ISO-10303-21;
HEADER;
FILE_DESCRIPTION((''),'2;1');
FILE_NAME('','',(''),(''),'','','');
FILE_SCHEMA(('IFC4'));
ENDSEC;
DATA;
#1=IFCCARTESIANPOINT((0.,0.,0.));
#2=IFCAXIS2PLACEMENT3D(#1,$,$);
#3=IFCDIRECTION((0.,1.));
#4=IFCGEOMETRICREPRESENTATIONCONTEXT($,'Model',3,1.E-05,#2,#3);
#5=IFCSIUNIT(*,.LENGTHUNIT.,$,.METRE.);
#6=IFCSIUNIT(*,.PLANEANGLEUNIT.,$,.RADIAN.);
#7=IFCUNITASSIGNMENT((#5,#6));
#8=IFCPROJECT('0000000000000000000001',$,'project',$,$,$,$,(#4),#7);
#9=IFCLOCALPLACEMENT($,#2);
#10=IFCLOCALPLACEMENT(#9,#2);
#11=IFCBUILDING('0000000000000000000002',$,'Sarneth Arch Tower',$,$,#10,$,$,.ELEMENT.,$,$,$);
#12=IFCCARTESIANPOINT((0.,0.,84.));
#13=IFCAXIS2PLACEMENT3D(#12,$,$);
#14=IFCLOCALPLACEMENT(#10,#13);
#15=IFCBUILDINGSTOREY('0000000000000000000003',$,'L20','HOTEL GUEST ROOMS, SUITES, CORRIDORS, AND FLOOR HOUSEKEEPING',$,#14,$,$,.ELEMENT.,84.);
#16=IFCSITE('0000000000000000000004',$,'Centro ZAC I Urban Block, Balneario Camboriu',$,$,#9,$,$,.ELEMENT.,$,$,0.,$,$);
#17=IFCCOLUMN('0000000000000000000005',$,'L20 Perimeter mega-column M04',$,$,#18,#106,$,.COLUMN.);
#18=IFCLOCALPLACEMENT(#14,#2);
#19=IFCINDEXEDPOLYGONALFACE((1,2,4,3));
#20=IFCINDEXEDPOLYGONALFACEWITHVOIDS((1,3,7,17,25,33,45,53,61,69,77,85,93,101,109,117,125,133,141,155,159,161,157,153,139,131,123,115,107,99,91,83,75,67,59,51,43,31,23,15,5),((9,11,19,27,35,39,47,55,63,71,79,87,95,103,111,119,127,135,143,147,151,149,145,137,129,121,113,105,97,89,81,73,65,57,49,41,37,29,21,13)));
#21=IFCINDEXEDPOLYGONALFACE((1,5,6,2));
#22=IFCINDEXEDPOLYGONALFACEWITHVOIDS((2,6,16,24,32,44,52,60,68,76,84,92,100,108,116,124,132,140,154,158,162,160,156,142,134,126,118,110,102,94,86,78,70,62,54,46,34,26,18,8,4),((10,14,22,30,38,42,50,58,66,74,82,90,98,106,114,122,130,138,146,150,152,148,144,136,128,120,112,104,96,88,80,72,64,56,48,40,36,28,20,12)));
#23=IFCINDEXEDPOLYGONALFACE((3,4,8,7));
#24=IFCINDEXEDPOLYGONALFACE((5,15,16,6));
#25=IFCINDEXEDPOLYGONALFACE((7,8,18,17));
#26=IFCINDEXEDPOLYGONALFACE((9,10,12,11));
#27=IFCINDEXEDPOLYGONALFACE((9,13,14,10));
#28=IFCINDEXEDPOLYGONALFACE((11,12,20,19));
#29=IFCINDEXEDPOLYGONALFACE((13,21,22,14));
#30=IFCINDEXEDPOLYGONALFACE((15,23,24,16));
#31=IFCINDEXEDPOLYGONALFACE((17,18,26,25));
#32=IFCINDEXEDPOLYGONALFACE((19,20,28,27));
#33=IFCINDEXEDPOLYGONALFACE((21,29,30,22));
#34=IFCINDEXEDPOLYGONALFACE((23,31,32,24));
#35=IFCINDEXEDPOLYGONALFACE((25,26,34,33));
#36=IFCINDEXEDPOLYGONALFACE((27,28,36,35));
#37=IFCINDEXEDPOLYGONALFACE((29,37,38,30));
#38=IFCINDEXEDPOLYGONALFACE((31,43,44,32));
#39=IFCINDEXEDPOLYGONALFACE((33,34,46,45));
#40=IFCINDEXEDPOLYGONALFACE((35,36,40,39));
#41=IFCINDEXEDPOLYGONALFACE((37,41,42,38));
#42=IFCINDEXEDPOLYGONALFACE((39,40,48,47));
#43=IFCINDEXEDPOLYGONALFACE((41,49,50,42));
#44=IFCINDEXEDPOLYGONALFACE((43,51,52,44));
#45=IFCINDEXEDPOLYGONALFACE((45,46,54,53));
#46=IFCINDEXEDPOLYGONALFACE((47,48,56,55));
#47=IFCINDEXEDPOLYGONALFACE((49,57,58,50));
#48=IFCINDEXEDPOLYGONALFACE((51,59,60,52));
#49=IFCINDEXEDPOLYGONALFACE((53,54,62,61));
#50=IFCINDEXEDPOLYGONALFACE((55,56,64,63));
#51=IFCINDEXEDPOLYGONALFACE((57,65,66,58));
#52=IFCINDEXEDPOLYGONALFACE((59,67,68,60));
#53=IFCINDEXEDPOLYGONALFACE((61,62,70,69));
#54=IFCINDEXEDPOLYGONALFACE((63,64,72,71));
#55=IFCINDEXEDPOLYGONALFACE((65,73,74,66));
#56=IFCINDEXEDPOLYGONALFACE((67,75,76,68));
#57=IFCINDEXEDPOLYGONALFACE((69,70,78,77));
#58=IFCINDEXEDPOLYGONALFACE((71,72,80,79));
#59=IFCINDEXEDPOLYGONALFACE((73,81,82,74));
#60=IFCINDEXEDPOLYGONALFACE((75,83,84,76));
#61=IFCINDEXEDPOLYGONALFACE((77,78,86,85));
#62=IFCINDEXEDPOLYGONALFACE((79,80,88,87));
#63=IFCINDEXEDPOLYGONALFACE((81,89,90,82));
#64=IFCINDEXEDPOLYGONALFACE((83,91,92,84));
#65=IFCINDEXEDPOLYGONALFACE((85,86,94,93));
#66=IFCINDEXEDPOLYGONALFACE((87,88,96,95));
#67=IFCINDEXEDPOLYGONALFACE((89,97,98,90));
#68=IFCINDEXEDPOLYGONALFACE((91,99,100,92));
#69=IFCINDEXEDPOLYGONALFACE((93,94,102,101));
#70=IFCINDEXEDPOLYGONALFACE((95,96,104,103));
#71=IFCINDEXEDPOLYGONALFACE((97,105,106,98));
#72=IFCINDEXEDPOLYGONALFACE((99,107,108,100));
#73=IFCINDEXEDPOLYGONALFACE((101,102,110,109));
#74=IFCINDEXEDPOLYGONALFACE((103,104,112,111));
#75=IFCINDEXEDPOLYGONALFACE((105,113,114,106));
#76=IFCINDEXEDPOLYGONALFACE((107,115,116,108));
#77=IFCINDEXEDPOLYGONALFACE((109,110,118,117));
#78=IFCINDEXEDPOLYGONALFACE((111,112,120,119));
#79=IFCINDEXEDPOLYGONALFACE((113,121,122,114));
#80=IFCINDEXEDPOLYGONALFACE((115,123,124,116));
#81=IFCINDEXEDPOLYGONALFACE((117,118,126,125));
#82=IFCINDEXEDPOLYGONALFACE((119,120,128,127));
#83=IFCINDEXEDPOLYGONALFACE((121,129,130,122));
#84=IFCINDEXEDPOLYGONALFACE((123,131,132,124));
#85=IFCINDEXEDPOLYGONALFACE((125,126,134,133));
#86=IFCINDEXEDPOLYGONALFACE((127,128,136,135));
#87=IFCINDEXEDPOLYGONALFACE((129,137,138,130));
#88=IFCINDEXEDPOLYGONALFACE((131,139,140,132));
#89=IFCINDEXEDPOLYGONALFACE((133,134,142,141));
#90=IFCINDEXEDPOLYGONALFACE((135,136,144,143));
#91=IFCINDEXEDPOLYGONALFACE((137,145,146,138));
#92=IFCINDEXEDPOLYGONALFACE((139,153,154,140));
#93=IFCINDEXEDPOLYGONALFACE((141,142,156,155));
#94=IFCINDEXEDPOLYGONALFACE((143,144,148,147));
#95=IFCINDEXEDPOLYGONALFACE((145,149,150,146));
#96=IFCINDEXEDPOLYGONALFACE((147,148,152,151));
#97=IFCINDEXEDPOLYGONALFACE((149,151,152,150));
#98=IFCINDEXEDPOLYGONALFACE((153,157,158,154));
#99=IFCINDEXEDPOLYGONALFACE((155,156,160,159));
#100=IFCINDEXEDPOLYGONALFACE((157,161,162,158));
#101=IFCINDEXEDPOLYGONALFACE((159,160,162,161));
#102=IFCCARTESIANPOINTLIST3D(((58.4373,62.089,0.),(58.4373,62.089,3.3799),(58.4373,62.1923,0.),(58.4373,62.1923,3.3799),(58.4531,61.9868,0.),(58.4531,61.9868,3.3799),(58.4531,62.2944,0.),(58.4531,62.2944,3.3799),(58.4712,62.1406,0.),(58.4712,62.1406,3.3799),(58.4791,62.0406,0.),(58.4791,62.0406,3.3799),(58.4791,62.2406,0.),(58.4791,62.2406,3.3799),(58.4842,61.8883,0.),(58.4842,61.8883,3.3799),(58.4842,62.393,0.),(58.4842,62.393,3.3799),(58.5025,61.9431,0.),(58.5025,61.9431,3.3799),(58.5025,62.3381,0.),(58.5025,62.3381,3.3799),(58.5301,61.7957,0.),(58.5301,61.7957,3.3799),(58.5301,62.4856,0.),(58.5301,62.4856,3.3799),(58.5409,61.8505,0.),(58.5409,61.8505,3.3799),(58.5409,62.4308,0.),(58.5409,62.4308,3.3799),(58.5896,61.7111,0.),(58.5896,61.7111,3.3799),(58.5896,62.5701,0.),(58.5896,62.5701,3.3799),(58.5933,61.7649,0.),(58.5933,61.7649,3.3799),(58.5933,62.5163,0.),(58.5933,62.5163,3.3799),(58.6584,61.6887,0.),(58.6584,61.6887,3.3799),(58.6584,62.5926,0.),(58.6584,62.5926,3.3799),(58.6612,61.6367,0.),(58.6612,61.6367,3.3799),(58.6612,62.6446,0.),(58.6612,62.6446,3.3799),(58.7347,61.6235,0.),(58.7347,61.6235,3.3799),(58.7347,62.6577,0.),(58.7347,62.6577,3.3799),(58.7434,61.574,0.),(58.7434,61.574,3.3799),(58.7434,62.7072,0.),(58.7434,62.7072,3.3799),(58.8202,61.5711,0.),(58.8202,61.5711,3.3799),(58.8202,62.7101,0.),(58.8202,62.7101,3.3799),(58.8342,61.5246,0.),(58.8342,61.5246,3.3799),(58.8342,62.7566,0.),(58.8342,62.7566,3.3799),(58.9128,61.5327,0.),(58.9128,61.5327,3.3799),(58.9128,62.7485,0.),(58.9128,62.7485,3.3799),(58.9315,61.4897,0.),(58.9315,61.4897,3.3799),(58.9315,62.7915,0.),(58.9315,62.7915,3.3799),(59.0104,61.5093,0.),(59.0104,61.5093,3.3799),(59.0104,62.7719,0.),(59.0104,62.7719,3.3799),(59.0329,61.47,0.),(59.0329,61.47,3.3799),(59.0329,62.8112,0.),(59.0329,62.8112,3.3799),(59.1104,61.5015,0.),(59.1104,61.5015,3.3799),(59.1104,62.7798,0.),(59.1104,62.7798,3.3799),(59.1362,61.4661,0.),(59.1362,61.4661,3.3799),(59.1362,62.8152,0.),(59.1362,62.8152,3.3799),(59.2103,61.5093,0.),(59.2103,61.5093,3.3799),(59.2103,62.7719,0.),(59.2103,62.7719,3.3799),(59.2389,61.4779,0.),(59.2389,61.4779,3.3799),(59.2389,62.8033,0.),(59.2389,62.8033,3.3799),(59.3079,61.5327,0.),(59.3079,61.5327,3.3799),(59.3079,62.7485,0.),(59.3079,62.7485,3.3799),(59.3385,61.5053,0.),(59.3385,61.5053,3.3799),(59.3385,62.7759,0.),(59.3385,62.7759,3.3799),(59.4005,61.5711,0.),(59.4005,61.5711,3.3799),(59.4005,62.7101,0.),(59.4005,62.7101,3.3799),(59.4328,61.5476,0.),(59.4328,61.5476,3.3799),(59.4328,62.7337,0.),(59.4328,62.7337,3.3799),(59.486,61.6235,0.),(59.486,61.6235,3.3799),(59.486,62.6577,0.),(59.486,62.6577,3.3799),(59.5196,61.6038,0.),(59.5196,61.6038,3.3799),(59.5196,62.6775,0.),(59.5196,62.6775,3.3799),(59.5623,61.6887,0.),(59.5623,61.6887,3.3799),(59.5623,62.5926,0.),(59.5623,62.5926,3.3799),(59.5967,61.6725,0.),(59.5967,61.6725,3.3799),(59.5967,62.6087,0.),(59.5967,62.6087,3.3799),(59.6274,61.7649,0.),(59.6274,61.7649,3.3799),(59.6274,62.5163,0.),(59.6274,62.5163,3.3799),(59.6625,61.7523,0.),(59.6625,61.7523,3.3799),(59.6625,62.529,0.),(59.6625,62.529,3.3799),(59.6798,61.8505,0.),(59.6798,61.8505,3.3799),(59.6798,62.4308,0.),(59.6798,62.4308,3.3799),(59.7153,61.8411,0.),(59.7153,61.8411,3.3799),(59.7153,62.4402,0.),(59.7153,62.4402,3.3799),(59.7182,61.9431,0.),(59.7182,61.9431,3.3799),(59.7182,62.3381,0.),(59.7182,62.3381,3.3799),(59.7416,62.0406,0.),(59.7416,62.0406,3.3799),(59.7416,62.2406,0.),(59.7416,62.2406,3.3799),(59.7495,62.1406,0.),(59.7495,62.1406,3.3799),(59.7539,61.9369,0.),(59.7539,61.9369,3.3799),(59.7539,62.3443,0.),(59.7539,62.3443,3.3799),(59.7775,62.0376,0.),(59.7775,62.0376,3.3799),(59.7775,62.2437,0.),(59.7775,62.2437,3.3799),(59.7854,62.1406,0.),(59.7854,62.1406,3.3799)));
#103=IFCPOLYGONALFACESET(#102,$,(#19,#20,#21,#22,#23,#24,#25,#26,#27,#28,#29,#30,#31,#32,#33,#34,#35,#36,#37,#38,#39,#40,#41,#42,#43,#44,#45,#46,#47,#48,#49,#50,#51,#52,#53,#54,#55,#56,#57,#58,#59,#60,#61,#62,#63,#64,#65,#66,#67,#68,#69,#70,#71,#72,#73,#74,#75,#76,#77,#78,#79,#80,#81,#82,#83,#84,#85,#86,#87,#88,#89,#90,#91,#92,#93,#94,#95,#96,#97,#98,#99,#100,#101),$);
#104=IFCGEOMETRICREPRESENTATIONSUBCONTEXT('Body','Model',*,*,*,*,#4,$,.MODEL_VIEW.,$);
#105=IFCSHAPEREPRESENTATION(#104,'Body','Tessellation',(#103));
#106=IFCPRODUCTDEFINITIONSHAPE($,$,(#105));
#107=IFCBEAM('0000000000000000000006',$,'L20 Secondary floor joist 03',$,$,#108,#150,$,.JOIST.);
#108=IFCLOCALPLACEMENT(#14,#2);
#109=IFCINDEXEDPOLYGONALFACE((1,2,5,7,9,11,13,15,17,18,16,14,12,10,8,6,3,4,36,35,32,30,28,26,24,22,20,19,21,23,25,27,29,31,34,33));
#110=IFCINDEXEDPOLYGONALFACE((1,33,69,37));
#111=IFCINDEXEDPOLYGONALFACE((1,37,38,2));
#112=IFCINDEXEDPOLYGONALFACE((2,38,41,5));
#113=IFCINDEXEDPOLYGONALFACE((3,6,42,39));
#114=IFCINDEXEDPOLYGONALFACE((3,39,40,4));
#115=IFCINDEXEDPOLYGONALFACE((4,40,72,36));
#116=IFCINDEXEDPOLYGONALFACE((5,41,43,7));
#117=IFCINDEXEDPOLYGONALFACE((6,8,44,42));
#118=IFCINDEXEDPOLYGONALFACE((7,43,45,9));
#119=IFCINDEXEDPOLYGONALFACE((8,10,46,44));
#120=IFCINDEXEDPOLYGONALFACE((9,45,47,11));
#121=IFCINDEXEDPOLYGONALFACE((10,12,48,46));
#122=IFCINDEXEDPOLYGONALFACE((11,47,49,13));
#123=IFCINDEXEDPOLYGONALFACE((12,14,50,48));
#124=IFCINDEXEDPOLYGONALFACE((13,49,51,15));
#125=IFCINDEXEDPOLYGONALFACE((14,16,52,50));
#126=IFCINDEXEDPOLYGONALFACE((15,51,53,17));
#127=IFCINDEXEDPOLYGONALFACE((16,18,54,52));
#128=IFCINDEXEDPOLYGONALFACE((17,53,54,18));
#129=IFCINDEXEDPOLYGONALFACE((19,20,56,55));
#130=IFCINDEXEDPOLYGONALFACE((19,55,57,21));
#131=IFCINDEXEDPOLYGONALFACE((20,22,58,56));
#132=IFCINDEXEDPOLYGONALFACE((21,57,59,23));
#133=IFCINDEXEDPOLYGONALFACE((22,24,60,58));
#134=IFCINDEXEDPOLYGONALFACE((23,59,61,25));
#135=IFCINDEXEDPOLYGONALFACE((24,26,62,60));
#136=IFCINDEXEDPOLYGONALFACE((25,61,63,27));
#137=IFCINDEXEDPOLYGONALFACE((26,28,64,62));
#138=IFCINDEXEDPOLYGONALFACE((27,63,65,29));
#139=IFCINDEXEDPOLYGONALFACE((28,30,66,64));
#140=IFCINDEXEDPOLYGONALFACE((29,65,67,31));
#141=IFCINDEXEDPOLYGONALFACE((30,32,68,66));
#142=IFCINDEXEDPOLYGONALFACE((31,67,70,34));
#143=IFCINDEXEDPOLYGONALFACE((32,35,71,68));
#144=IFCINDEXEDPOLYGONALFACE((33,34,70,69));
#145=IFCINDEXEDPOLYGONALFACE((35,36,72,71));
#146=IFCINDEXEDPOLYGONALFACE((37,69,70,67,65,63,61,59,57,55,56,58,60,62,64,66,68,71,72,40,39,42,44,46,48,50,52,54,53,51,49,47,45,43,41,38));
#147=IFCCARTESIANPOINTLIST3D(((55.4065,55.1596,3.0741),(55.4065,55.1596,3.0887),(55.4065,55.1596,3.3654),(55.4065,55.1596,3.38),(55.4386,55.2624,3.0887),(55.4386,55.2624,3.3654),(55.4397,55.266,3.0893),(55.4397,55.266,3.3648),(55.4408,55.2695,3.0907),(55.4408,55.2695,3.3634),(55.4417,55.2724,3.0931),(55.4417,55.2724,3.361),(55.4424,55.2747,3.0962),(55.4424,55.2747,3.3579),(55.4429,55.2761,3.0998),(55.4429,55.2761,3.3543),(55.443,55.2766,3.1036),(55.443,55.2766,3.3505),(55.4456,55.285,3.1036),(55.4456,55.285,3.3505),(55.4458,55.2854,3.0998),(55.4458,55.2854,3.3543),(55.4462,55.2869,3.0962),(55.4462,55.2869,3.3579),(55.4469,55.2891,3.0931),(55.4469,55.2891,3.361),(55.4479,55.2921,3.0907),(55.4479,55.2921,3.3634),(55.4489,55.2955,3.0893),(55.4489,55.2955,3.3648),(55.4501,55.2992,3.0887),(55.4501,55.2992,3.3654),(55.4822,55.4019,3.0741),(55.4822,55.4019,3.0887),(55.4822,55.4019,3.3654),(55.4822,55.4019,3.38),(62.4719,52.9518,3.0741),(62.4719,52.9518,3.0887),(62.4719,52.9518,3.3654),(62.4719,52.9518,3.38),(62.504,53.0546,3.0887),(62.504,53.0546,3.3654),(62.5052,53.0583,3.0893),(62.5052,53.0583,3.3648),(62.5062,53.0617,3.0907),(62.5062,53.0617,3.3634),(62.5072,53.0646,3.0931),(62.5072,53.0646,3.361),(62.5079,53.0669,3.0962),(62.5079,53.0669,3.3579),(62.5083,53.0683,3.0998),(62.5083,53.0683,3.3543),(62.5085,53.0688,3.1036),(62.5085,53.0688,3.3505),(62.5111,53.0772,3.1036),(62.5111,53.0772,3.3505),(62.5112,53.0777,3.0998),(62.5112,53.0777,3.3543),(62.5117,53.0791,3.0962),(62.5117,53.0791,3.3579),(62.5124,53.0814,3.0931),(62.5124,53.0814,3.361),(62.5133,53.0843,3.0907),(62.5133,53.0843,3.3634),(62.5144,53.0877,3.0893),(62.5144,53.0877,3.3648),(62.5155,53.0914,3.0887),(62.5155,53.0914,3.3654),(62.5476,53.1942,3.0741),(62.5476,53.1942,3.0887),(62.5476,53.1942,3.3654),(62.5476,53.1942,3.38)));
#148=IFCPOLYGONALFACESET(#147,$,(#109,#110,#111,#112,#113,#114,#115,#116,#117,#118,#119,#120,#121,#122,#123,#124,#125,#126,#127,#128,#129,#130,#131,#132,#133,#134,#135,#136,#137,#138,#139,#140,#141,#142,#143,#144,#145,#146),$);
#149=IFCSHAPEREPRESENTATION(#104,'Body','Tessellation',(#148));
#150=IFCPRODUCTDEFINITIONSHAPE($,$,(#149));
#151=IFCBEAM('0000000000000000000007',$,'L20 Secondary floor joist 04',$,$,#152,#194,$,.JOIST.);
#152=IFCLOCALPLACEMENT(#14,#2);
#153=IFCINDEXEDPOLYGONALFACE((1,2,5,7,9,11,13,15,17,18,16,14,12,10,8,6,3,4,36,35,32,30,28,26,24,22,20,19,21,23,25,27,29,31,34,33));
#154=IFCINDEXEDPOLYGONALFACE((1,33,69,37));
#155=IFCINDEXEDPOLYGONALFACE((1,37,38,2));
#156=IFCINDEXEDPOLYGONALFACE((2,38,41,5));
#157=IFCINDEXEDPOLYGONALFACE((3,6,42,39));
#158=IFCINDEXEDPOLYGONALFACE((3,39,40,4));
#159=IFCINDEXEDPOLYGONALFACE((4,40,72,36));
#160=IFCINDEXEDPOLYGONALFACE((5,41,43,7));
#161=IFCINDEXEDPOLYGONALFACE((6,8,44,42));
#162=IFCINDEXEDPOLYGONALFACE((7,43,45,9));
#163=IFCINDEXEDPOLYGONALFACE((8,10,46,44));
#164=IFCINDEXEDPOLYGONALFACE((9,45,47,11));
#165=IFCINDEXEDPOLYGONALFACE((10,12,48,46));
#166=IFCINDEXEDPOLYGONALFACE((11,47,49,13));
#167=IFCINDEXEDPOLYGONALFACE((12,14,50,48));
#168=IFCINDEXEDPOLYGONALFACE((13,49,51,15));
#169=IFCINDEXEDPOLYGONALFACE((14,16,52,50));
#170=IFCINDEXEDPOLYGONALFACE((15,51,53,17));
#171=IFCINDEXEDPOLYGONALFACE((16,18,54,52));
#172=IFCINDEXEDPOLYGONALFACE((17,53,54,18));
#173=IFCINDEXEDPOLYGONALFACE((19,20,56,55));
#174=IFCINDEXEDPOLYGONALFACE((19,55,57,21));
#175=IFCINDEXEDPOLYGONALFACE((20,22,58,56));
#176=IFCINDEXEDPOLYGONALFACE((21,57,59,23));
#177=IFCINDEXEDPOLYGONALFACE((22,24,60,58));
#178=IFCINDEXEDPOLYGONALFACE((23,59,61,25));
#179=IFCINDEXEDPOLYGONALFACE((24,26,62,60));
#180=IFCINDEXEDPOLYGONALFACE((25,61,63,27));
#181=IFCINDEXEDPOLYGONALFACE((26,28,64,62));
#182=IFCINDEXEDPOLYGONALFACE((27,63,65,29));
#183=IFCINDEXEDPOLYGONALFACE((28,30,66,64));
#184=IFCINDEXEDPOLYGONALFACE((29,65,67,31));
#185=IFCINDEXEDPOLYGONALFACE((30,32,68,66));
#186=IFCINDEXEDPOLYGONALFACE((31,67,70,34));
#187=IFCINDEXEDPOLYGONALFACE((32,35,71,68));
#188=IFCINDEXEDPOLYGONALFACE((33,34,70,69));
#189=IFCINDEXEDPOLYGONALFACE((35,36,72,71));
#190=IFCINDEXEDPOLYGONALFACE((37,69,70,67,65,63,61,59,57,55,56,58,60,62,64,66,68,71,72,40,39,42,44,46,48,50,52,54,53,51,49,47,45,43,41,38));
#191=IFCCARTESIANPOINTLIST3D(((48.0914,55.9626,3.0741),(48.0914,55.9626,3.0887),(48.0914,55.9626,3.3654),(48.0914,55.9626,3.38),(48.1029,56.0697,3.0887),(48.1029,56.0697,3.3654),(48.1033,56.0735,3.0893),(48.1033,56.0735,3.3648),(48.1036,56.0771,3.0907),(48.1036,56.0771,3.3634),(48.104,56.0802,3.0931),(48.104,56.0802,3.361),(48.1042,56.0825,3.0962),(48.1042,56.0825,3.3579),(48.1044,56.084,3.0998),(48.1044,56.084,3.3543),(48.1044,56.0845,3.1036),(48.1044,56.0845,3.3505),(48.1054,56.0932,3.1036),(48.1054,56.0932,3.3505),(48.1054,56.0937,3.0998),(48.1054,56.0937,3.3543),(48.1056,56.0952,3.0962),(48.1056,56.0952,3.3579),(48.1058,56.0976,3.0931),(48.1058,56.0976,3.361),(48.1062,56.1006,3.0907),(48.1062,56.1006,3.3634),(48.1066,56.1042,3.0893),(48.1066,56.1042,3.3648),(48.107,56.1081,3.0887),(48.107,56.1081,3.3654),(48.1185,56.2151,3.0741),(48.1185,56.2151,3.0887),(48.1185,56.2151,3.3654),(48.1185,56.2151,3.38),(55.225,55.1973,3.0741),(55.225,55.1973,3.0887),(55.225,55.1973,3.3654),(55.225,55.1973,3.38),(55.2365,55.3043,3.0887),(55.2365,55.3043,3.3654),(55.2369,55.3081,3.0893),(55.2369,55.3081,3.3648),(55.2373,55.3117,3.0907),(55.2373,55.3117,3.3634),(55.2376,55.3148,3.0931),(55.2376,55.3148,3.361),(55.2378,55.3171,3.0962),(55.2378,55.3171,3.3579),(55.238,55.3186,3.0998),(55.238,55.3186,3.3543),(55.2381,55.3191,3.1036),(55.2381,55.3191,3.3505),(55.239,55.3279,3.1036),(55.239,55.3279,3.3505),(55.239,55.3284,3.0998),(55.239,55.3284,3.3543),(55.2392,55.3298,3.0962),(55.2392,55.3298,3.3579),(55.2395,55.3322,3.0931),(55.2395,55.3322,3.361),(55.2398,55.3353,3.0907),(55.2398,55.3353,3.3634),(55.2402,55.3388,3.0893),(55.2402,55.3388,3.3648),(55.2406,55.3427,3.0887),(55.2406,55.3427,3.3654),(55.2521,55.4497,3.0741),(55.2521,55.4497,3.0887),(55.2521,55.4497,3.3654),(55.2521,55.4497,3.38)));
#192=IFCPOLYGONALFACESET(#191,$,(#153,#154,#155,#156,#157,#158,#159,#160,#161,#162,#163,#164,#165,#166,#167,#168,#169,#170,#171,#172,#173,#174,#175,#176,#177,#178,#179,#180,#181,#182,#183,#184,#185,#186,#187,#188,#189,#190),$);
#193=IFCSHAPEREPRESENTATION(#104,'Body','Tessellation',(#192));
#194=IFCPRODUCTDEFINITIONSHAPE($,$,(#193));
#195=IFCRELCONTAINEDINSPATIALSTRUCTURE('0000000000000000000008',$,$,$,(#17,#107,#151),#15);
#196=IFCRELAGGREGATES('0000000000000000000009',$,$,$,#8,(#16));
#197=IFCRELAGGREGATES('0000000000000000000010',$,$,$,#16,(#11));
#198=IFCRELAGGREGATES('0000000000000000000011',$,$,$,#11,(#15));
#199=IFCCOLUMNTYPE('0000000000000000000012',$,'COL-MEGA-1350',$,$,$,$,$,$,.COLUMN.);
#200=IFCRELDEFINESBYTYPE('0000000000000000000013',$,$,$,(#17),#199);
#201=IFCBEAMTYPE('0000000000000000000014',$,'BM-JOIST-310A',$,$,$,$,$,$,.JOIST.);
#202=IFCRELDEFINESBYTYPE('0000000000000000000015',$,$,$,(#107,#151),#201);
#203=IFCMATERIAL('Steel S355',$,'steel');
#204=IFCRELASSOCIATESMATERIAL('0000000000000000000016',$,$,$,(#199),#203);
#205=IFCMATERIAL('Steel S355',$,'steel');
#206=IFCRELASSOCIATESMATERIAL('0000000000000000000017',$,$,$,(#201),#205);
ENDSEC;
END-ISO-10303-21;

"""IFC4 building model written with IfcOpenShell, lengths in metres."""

from ifc_helpers import new_model, si_unit, direction, frame, origin, origin_2d, place, context, subcontext, project, spatial, hollow_circle, i_section, extrude, material, material_profile, profile_set, type_object, element, save


model = new_model("IFC4")

# Units and contexts
model_context = context("Model", 3, precision=1e-05, world=origin(), true_north=direction((0.0, 1.0)))
body_context = subcontext(model_context, "Body", "Model", "MODEL_VIEW")
ifc_project = project(units=[si_unit("LENGTHUNIT", "METRE"), si_unit("PLANEANGLEUNIT", "RADIAN")], contexts=[model_context])

# Site, building, storey
site_placement = place(None, origin())
site = spatial("IfcSite", under=ifc_project, at=site_placement, Name="Centro ZAC I Urban Block, Balneario Camboriu", CompositionType="ELEMENT", RefElevation=0.0)
building_placement = place(site_placement, origin())
building = spatial("IfcBuilding", under=site, at=building_placement, Name="Sarneth Arch Tower", CompositionType="ELEMENT")
storey_placement = place(building_placement, frame((0.0, 0.0, 84.0)))
storey = spatial("IfcBuildingStorey", under=building, at=storey_placement, Name="L20", Description="HOTEL GUEST ROOMS, SUITES, CORRIDORS, AND FLOOR HOUSEKEEPING", CompositionType="ELEMENT", Elevation=84.0)

# Column
ifc_material_1 = material(Name="Steel S355", Category="steel")
ifc_material_profile_1 = material_profile(ifc_material_1, hollow_circle(Radius=0.675, WallThickness=0.0359, at=origin_2d()), Name="CHS1350x36")
ifc_profile_set_1 = profile_set([ifc_material_profile_1], Name="Steel S355")
column_type = type_object("IfcColumnType", Name="COL-MEGA-1350", PredefinedType="COLUMN", material=ifc_profile_set_1)
column_placement = place(storey_placement, frame((59.1104, 62.1406, 0.0), z_axis=(0.0, 0.0, 1.0), x_axis=(1.0, 0.0, 0.0)))
element("IfcColumn", 1, at=column_placement, inside=storey, type_object=column_type, Name="L20 Perimeter mega-column M04", PredefinedType="COLUMN", context=body_context, shape_type="SweptSolid", body=[
    extrude(hollow_circle(Radius=0.675, WallThickness=0.0359, at=origin_2d()), origin(), (0.0, 0.0, 1.0), 3.3799),
])

# Beams
ifc_material_2 = material(Name="Steel S355", Category="steel")
ifc_material_profile_2 = material_profile(ifc_material_2, i_section(OverallWidth=0.2539, OverallDepth=0.3059, WebThickness=0.0088, FlangeThickness=0.0146, FilletRadius=0.0149, at=origin_2d()), Name="W310x79")
ifc_profile_set_2 = profile_set([ifc_material_profile_2], Name="Steel S355")
beam_type_1 = type_object("IfcBeamType", Name="BM-JOIST-310A", PredefinedType="JOIST", material=ifc_profile_set_2)
beam_1_placement = place(storey_placement, frame((62.5098, 53.073, 3.2271), z_axis=(-0.954487, 0.298252, 0.0), x_axis=(-0.298252, -0.954487, 0.0)))
element("IfcBeam", 2, at=beam_1_placement, inside=storey, type_object=beam_type_1, Name="L20 Secondary floor joist 03", PredefinedType="JOIST", context=body_context, shape_type="SweptSolid", body=[
    extrude(i_section(OverallWidth=0.2539, OverallDepth=0.3059, WebThickness=0.0088, FlangeThickness=0.0146, FilletRadius=0.0149, at=origin_2d()), origin(), (0.0, 0.0, 1.0), 7.4023),
])
beam_2_placement = place(storey_placement, frame((55.2385, 55.3235, 3.2271), z_axis=(-0.994293, 0.106681, 0.0), x_axis=(-0.106681, -0.994293, 0.0)))
element("IfcBeam", 3, at=beam_2_placement, inside=storey, type_object=beam_type_1, Name="L20 Secondary floor joist 04", PredefinedType="JOIST", context=body_context, shape_type="SweptSolid", body=[
    extrude(i_section(OverallWidth=0.2539, OverallDepth=0.3059, WebThickness=0.0088, FlangeThickness=0.0146, FilletRadius=0.0149, at=origin_2d()), origin(), (0.0, 0.0, 1.0), 7.1746),
])

save(model, "model.ifc")
